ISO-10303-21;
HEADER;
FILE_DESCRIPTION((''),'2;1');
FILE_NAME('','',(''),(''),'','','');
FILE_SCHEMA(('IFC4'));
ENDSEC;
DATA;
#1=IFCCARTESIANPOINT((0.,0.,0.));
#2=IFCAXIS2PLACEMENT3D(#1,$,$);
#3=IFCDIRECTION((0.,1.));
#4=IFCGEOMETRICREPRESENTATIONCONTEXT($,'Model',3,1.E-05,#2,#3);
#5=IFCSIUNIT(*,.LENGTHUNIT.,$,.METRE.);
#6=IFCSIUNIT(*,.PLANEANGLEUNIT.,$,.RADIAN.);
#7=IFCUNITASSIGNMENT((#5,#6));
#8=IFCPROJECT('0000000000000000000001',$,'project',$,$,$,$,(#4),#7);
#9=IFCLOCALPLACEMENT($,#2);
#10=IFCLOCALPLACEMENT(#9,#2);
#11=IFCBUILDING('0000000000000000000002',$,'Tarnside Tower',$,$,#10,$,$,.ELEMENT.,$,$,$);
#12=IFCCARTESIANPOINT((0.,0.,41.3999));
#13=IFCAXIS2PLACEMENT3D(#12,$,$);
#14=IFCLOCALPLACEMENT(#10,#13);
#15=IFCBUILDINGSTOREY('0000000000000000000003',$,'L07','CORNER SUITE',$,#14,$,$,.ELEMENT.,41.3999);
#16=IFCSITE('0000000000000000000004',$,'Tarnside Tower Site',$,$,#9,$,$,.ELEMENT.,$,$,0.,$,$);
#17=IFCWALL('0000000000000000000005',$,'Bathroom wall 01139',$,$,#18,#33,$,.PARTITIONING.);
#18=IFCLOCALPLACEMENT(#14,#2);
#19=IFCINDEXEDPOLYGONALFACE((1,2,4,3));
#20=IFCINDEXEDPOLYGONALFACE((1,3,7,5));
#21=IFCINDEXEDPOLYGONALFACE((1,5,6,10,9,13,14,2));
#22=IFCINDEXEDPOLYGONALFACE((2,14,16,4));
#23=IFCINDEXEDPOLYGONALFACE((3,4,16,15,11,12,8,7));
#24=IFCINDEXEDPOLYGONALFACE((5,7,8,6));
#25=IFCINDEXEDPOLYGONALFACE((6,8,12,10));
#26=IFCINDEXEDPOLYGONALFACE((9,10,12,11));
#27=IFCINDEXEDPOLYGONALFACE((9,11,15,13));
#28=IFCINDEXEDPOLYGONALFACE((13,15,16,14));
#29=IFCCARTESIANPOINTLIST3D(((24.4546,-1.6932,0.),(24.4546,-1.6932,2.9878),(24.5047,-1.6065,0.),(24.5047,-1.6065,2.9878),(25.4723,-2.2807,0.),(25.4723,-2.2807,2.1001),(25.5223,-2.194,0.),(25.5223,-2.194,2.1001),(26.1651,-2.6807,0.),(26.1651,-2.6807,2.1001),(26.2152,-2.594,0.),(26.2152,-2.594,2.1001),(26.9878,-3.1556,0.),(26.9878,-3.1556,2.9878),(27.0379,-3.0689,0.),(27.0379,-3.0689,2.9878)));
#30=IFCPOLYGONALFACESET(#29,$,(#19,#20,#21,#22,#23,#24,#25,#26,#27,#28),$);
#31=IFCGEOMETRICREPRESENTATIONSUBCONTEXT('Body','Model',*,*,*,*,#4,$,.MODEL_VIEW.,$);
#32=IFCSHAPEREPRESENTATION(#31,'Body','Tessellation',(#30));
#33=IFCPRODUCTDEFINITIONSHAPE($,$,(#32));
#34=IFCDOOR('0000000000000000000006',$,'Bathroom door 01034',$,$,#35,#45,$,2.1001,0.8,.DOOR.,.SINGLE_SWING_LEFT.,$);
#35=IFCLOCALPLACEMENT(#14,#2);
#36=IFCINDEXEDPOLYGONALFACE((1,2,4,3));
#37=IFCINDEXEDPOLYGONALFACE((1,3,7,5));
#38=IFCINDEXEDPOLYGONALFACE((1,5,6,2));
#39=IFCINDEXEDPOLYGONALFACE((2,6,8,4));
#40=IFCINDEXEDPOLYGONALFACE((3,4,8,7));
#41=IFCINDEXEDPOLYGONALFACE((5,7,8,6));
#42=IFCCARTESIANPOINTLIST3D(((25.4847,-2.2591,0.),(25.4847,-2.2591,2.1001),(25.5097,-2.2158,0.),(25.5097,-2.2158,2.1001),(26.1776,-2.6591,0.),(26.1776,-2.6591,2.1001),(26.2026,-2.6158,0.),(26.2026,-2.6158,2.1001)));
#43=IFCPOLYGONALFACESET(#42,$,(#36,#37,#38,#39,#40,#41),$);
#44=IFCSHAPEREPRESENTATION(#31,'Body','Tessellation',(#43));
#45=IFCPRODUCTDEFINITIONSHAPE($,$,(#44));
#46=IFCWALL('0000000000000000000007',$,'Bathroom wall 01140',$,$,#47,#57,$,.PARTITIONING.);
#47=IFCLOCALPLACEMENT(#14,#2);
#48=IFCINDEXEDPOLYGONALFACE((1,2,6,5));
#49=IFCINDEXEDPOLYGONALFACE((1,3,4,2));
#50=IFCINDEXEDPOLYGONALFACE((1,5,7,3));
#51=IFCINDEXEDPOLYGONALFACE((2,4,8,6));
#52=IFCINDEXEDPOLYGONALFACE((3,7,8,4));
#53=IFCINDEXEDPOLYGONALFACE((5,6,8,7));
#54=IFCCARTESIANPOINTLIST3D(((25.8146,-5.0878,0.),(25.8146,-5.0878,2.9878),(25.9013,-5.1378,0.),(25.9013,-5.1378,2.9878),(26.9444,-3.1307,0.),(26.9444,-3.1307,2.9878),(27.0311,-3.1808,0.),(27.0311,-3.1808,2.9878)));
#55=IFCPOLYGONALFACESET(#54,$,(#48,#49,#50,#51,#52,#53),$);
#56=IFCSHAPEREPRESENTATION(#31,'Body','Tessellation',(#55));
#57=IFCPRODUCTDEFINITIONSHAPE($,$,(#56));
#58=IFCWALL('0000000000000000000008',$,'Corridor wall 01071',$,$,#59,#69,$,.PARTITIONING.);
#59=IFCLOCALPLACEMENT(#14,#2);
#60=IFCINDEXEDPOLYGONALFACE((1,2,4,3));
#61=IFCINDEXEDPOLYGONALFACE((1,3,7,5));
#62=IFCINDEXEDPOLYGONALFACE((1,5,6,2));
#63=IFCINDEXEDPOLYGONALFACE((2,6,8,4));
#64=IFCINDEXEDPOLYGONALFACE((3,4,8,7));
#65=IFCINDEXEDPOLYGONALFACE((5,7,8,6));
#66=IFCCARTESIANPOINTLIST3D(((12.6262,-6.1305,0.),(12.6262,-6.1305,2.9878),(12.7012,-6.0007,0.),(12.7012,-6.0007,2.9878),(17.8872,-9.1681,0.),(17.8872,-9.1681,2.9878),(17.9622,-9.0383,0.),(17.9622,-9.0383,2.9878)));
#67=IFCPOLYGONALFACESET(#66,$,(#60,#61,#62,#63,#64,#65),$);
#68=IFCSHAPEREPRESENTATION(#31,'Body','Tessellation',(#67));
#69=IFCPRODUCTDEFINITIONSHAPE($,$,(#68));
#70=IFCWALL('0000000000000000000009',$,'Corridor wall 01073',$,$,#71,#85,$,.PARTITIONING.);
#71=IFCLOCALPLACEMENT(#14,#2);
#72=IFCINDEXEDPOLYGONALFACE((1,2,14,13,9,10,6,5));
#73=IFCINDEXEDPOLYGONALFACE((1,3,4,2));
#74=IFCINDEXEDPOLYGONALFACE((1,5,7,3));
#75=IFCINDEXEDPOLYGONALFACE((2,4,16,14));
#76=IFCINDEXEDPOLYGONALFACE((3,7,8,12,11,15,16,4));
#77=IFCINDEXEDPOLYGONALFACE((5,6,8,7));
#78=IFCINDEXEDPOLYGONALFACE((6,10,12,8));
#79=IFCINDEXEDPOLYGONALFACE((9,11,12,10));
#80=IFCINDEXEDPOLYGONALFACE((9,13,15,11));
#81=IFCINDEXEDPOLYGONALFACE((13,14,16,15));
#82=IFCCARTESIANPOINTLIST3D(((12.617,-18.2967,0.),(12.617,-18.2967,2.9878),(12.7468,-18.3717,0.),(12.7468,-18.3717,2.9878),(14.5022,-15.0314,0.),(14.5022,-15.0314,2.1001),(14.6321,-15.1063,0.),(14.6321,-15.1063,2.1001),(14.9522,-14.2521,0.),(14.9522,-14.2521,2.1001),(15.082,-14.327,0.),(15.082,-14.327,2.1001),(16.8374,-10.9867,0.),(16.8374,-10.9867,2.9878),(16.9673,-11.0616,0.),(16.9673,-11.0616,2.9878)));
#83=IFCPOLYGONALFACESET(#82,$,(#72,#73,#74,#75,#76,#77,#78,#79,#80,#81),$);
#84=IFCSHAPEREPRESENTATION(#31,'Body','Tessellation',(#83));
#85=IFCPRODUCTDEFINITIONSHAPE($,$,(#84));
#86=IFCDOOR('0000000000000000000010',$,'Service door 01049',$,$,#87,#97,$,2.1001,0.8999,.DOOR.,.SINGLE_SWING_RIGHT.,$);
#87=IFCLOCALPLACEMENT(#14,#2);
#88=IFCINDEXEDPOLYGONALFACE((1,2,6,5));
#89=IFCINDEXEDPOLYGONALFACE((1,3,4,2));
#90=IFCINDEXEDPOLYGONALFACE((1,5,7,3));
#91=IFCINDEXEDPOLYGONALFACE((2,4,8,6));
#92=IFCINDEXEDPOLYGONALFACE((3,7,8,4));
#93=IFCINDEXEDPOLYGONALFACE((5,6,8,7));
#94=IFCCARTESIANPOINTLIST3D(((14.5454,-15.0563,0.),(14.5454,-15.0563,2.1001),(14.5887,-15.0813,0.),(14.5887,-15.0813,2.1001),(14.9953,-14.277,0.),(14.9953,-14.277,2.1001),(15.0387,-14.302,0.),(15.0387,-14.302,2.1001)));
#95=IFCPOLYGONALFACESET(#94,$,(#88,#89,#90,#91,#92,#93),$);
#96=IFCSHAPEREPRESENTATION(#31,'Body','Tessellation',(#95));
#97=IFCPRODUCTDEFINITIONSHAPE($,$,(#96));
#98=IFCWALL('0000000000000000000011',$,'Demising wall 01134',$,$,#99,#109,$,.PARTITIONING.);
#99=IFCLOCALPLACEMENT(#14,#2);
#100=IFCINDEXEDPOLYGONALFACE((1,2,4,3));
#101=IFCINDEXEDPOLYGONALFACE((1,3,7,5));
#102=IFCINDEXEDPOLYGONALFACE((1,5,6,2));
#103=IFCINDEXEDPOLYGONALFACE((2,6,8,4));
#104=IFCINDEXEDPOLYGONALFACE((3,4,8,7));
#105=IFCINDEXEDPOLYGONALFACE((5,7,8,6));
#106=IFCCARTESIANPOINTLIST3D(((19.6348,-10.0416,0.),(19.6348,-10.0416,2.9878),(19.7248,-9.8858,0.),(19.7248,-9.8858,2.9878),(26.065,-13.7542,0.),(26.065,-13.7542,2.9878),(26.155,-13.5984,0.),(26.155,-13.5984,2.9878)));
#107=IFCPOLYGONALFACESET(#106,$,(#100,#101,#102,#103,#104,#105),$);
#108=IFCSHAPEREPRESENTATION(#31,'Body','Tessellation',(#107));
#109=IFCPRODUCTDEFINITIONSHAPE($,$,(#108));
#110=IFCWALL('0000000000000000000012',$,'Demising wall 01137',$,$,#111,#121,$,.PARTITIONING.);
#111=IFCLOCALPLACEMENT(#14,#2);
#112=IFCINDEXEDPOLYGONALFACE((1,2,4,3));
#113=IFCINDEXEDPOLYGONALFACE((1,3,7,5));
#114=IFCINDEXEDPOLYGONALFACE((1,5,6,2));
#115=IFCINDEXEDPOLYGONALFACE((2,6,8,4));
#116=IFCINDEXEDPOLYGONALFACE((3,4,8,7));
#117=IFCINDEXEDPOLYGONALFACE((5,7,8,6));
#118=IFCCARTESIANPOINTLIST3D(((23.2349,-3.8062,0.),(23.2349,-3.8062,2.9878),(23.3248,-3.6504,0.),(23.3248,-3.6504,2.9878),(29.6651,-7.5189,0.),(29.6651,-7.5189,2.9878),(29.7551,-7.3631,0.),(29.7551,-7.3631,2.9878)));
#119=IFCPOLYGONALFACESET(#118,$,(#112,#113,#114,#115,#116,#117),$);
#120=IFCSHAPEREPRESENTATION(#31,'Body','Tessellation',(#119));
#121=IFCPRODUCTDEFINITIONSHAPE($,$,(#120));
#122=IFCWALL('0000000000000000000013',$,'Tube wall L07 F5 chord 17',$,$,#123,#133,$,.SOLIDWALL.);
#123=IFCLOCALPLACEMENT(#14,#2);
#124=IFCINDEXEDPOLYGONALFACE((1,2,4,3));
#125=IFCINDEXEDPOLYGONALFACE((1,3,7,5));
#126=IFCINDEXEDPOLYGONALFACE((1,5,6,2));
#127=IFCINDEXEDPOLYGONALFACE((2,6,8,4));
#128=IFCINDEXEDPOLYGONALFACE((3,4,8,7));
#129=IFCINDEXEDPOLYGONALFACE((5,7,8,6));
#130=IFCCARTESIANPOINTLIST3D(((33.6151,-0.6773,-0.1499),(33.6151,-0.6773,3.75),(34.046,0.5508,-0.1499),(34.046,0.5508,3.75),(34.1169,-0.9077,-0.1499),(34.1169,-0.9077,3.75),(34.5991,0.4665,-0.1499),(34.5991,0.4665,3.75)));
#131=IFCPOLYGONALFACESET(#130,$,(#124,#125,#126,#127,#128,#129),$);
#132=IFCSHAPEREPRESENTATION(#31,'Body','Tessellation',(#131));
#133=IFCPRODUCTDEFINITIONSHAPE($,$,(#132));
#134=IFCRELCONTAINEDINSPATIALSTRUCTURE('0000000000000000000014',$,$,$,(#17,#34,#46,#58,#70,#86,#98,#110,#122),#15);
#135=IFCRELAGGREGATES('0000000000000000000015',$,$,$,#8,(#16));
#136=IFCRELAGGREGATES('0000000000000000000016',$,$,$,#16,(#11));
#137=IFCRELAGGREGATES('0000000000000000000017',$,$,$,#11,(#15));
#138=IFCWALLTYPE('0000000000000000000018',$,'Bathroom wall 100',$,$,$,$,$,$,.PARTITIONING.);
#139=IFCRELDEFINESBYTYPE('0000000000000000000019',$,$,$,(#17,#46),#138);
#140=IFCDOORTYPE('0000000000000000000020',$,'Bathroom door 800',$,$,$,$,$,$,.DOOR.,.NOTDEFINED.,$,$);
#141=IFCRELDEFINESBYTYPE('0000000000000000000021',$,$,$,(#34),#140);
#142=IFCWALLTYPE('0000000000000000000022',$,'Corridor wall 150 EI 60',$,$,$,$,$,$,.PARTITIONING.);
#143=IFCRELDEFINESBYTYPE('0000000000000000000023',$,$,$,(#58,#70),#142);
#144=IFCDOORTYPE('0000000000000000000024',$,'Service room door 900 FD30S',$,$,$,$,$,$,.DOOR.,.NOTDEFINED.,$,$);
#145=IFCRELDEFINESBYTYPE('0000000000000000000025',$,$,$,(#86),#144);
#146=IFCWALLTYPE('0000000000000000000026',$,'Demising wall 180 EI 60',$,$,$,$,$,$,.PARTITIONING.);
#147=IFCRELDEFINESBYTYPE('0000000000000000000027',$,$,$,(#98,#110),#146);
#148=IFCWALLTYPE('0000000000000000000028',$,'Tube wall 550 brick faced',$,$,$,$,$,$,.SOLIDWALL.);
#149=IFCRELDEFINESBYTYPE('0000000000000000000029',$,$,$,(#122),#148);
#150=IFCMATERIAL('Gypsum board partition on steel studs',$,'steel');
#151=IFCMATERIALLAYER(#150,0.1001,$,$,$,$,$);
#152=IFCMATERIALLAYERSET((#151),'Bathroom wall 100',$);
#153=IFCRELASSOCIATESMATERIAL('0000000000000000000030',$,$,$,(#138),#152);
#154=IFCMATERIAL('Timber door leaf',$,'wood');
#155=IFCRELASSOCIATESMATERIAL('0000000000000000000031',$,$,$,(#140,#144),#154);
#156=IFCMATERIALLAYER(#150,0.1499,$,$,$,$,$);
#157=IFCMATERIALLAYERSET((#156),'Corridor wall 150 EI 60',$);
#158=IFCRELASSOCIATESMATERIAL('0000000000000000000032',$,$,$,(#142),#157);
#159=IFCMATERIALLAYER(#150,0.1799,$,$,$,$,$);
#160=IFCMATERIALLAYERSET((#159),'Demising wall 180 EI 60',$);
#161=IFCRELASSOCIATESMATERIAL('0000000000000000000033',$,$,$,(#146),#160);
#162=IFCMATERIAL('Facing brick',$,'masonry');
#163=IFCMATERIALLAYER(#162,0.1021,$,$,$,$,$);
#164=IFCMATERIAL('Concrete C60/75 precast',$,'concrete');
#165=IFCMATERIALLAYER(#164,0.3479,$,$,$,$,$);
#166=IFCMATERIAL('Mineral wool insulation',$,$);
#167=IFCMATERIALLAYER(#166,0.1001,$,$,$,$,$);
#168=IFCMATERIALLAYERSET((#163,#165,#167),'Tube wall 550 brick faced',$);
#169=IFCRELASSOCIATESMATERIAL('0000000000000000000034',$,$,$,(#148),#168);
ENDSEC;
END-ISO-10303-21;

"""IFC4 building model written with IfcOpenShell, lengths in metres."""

from ifc_helpers import new_model, si_unit, direction, frame, frame_2d, origin, place, context, subcontext, project, spatial, polyline, rectangle, outline, extrude, material, layer, layer_set, type_object, element, fill, save


model = new_model("IFC4")

# Units and contexts
model_context = context("Model", 3, precision=1e-05, world=origin(), true_north=direction((0.0, 1.0)))
body_context = subcontext(model_context, "Body", "Model", "MODEL_VIEW")
ifc_project = project(units=[si_unit("LENGTHUNIT", "METRE"), si_unit("PLANEANGLEUNIT", "RADIAN")], contexts=[model_context])

# Site, building, storey
site_placement = place(None, origin())
site = spatial("IfcSite", under=ifc_project, at=site_placement, Name="Tarnside Tower Site", CompositionType="ELEMENT", RefElevation=0.0)
building_placement = place(site_placement, origin())
building = spatial("IfcBuilding", under=site, at=building_placement, Name="Tarnside Tower", CompositionType="ELEMENT")
storey_placement = place(building_placement, frame((0.0, 0.0, 41.3999)))
storey = spatial("IfcBuildingStorey", under=building, at=storey_placement, Name="L07", Description="CORNER SUITE", CompositionType="ELEMENT", Elevation=41.3999)

# Shared definitions
ifc_material_1 = material(Name="Gypsum board partition on steel studs", Category="steel")
ifc_layer_1 = layer(ifc_material_1, 0.1001)
ifc_layer_set_1 = layer_set([ifc_layer_1], Name="Bathroom wall 100")
wall_type_1 = type_object("IfcWallType", Name="Bathroom wall 100", PredefinedType="PARTITIONING", material=ifc_layer_set_1)
ifc_material_2 = material(Name="Timber door leaf", Category="wood")
door_type_1 = type_object("IfcDoorType", Name="Bathroom door 800", OperationType="NOTDEFINED", PredefinedType="DOOR", material=ifc_material_2)

# Wall, opening, door
wall_1_placement = place(storey_placement, frame((24.4797, -1.6499, 0.0), z_axis=(0.0, 0.0, 1.0), x_axis=(0.866047, -0.499963, 0.0)))
wall_1 = element("IfcWall", 1, at=wall_1_placement, inside=storey, type_object=wall_type_1, Name="Bathroom wall 01139", PredefinedType="PARTITIONING", context=body_context, shape_type="SweptSolid", body=[
    extrude(rectangle(XDim=2.925, YDim=0.1001, at=frame_2d((1.4624, 0.0))), origin(), (0.0, 0.0, 1.0), 2.9878),
])
opening_1_placement = place(wall_1_placement, frame((1.175, 0.0, 0.0)))
opening_1 = element("IfcOpeningElement", 2, at=opening_1_placement, cuts=wall_1, PredefinedType="OPENING", context=body_context, shape_type="SweptSolid", body=[
    extrude(rectangle(XDim=0.8, YDim=2.1001, at=frame_2d((0.3999, 1.05))), frame((0.0, 0.0601, 0.0), z_axis=(0.0, -1.0, 0.0), x_axis=(1.0, 0.0, 0.0)), (0.0, 0.0, 1.0), 0.1201),
])
door_1_placement = place(opening_1_placement, origin())
door_1 = element("IfcDoor", 3, at=door_1_placement, inside=storey, type_object=door_type_1, Name="Bathroom door 01034", OperationType="SINGLE_SWING_LEFT", OverallHeight=2.1001, OverallWidth=0.8, PredefinedType="DOOR", context=body_context, shape_type="SweptSolid", body=[
    extrude(rectangle(XDim=0.8, YDim=2.1001, at=frame_2d((0.3999, 1.05))), frame((0.0, 0.0249, 0.0), z_axis=(0.0, -1.0, 0.0), x_axis=(1.0, 0.0, 0.0)), (0.0, 0.0, 1.0), 0.05),
])
fill(opening_1, door_1)

# Walls
wall_2_placement = place(storey_placement, frame((26.9878, -3.1558, 0.0), z_axis=(0.0, 0.0, 1.0), x_axis=(-0.499997, -0.866027, 0.0)))
element("IfcWall", 4, at=wall_2_placement, inside=storey, type_object=wall_type_1, Name="Bathroom wall 01140", PredefinedType="PARTITIONING", context=body_context, shape_type="SweptSolid", body=[
    extrude(rectangle(XDim=2.2598, YDim=0.1001, at=frame_2d((1.1299, 0.0))), origin(), (0.0, 0.0, 1.0), 2.9878),
])
ifc_layer_2 = layer(ifc_material_1, 0.1499)
ifc_layer_set_2 = layer_set([ifc_layer_2], Name="Corridor wall 150 EI 60")
wall_type_2 = type_object("IfcWallType", Name="Corridor wall 150 EI 60", PredefinedType="PARTITIONING", material=ifc_layer_set_2)
wall_3_placement = place(storey_placement, frame((17.9248, -9.1033, 0.0), z_axis=(0.0, 0.0, 1.0), x_axis=(-0.866014, 0.50002, 0.0)))
element("IfcWall", 5, at=wall_3_placement, inside=storey, type_object=wall_type_2, Name="Corridor wall 01071", PredefinedType="PARTITIONING", context=body_context, shape_type="SweptSolid", body=[
    extrude(rectangle(XDim=6.075, YDim=0.1499, at=frame_2d((3.0376, 0.0))), origin(), (0.0, 0.0, 1.0), 2.9878),
])

# Wall, opening, door
wall_4_placement = place(storey_placement, frame((16.9023, -11.0242, 0.0), z_axis=(0.0, 0.0, 1.0), x_axis=(-0.5, -0.866026, 0.0)))
wall_4 = element("IfcWall", 6, at=wall_4_placement, inside=storey, type_object=wall_type_2, Name="Corridor wall 01073", PredefinedType="PARTITIONING", context=body_context, shape_type="SweptSolid", body=[
    extrude(rectangle(XDim=8.4409, YDim=0.1499, at=frame_2d((4.2205, 0.0))), origin(), (0.0, 0.0, 1.0), 2.9878),
])
opening_2_placement = place(wall_4_placement, frame((3.7705, 0.0, 0.0)))
opening_2 = element("IfcOpeningElement", 7, at=opening_2_placement, cuts=wall_4, PredefinedType="OPENING", context=body_context, shape_type="SweptSolid", body=[
    extrude(rectangle(XDim=0.8999, YDim=2.1001, at=frame_2d((0.45, 1.05))), frame((0.0, 0.085, 0.0), z_axis=(0.0, -1.0, 0.0), x_axis=(1.0, 0.0, 0.0)), (0.0, 0.0, 1.0), 0.1699),
])
door_type_2 = type_object("IfcDoorType", Name="Service room door 900 FD30S", OperationType="NOTDEFINED", PredefinedType="DOOR", material=ifc_material_2)
door_2_placement = place(opening_2_placement, origin())
door_2 = element("IfcDoor", 8, at=door_2_placement, inside=storey, type_object=door_type_2, Name="Service door 01049", OperationType="SINGLE_SWING_RIGHT", OverallHeight=2.1001, OverallWidth=0.8999, PredefinedType="DOOR", context=body_context, shape_type="SweptSolid", body=[
    extrude(rectangle(XDim=0.8999, YDim=2.1001, at=frame_2d((0.45, 1.05))), frame((0.0, 0.0249, 0.0), z_axis=(0.0, -1.0, 0.0), x_axis=(1.0, 0.0, 0.0)), (0.0, 0.0, 1.0), 0.05),
])
fill(opening_2, door_2)

# Walls
ifc_layer_3 = layer(ifc_material_1, 0.1799)
ifc_layer_set_3 = layer_set([ifc_layer_3], Name="Demising wall 180 EI 60")
wall_type_3 = type_object("IfcWallType", Name="Demising wall 180 EI 60", PredefinedType="PARTITIONING", material=ifc_layer_set_3)
for number, where, z_axis, x_axis, name in (
    (9, (26.1099, -13.6763, 0.0), (0.0, 0.0, 1.0), (-0.866015, 0.500018, 0.0), "Demising wall 01134"),
    (10, (29.71, -7.4409, 0.0), (0.0, 0.0, 1.0), (-0.866015, 0.500018, 0.0), "Demising wall 01137"),
):
    element("IfcWall", number, at=place(storey_placement, frame(where, z_axis=z_axis, x_axis=x_axis)), inside=storey, type_object=wall_type_3, Name=name, PredefinedType="PARTITIONING", context=body_context, shape_type="SweptSolid", body=[
        extrude(rectangle(XDim=7.425, YDim=0.1799, at=frame_2d((3.7124, 0.0))), origin(), (0.0, 0.0, 1.0), 2.9878),
    ])
ifc_material_3 = material(Name="Facing brick", Category="masonry")
ifc_layer_4 = layer(ifc_material_3, 0.1021)
ifc_material_4 = material(Name="Concrete C60/75 precast", Category="concrete")
ifc_layer_5 = layer(ifc_material_4, 0.3479)
ifc_material_5 = material(Name="Mineral wool insulation")
ifc_layer_6 = layer(ifc_material_5, 0.1001)
ifc_layer_set_4 = layer_set([ifc_layer_4, ifc_layer_5, ifc_layer_6], Name="Tube wall 550 brick faced")
wall_type_4 = type_object("IfcWallType", Name="Tube wall 550 brick faced", PredefinedType="SOLIDWALL", material=ifc_layer_set_4)
wall_5_placement = place(storey_placement, frame((33.866, -0.7925, -0.1499), z_axis=(0.0, 0.0, 1.0), x_axis=(0.331115, 0.94359, 0.0)))
element("IfcWall", 11, at=wall_5_placement, inside=storey, type_object=wall_type_4, Name="Tube wall L07 F5 chord 17", PredefinedType="SOLIDWALL", context=body_context, shape_type="SweptSolid", body=[
    extrude(outline(polyline([(-0.0256, -0.2749), (1.4307, -0.2749), (1.3271, 0.2749), (0.0256, 0.2749), (-0.0256, -0.2749)])), origin(), (0.0, 0.0, 1.0), 3.8999),
])

save(model, "model.ifc")
